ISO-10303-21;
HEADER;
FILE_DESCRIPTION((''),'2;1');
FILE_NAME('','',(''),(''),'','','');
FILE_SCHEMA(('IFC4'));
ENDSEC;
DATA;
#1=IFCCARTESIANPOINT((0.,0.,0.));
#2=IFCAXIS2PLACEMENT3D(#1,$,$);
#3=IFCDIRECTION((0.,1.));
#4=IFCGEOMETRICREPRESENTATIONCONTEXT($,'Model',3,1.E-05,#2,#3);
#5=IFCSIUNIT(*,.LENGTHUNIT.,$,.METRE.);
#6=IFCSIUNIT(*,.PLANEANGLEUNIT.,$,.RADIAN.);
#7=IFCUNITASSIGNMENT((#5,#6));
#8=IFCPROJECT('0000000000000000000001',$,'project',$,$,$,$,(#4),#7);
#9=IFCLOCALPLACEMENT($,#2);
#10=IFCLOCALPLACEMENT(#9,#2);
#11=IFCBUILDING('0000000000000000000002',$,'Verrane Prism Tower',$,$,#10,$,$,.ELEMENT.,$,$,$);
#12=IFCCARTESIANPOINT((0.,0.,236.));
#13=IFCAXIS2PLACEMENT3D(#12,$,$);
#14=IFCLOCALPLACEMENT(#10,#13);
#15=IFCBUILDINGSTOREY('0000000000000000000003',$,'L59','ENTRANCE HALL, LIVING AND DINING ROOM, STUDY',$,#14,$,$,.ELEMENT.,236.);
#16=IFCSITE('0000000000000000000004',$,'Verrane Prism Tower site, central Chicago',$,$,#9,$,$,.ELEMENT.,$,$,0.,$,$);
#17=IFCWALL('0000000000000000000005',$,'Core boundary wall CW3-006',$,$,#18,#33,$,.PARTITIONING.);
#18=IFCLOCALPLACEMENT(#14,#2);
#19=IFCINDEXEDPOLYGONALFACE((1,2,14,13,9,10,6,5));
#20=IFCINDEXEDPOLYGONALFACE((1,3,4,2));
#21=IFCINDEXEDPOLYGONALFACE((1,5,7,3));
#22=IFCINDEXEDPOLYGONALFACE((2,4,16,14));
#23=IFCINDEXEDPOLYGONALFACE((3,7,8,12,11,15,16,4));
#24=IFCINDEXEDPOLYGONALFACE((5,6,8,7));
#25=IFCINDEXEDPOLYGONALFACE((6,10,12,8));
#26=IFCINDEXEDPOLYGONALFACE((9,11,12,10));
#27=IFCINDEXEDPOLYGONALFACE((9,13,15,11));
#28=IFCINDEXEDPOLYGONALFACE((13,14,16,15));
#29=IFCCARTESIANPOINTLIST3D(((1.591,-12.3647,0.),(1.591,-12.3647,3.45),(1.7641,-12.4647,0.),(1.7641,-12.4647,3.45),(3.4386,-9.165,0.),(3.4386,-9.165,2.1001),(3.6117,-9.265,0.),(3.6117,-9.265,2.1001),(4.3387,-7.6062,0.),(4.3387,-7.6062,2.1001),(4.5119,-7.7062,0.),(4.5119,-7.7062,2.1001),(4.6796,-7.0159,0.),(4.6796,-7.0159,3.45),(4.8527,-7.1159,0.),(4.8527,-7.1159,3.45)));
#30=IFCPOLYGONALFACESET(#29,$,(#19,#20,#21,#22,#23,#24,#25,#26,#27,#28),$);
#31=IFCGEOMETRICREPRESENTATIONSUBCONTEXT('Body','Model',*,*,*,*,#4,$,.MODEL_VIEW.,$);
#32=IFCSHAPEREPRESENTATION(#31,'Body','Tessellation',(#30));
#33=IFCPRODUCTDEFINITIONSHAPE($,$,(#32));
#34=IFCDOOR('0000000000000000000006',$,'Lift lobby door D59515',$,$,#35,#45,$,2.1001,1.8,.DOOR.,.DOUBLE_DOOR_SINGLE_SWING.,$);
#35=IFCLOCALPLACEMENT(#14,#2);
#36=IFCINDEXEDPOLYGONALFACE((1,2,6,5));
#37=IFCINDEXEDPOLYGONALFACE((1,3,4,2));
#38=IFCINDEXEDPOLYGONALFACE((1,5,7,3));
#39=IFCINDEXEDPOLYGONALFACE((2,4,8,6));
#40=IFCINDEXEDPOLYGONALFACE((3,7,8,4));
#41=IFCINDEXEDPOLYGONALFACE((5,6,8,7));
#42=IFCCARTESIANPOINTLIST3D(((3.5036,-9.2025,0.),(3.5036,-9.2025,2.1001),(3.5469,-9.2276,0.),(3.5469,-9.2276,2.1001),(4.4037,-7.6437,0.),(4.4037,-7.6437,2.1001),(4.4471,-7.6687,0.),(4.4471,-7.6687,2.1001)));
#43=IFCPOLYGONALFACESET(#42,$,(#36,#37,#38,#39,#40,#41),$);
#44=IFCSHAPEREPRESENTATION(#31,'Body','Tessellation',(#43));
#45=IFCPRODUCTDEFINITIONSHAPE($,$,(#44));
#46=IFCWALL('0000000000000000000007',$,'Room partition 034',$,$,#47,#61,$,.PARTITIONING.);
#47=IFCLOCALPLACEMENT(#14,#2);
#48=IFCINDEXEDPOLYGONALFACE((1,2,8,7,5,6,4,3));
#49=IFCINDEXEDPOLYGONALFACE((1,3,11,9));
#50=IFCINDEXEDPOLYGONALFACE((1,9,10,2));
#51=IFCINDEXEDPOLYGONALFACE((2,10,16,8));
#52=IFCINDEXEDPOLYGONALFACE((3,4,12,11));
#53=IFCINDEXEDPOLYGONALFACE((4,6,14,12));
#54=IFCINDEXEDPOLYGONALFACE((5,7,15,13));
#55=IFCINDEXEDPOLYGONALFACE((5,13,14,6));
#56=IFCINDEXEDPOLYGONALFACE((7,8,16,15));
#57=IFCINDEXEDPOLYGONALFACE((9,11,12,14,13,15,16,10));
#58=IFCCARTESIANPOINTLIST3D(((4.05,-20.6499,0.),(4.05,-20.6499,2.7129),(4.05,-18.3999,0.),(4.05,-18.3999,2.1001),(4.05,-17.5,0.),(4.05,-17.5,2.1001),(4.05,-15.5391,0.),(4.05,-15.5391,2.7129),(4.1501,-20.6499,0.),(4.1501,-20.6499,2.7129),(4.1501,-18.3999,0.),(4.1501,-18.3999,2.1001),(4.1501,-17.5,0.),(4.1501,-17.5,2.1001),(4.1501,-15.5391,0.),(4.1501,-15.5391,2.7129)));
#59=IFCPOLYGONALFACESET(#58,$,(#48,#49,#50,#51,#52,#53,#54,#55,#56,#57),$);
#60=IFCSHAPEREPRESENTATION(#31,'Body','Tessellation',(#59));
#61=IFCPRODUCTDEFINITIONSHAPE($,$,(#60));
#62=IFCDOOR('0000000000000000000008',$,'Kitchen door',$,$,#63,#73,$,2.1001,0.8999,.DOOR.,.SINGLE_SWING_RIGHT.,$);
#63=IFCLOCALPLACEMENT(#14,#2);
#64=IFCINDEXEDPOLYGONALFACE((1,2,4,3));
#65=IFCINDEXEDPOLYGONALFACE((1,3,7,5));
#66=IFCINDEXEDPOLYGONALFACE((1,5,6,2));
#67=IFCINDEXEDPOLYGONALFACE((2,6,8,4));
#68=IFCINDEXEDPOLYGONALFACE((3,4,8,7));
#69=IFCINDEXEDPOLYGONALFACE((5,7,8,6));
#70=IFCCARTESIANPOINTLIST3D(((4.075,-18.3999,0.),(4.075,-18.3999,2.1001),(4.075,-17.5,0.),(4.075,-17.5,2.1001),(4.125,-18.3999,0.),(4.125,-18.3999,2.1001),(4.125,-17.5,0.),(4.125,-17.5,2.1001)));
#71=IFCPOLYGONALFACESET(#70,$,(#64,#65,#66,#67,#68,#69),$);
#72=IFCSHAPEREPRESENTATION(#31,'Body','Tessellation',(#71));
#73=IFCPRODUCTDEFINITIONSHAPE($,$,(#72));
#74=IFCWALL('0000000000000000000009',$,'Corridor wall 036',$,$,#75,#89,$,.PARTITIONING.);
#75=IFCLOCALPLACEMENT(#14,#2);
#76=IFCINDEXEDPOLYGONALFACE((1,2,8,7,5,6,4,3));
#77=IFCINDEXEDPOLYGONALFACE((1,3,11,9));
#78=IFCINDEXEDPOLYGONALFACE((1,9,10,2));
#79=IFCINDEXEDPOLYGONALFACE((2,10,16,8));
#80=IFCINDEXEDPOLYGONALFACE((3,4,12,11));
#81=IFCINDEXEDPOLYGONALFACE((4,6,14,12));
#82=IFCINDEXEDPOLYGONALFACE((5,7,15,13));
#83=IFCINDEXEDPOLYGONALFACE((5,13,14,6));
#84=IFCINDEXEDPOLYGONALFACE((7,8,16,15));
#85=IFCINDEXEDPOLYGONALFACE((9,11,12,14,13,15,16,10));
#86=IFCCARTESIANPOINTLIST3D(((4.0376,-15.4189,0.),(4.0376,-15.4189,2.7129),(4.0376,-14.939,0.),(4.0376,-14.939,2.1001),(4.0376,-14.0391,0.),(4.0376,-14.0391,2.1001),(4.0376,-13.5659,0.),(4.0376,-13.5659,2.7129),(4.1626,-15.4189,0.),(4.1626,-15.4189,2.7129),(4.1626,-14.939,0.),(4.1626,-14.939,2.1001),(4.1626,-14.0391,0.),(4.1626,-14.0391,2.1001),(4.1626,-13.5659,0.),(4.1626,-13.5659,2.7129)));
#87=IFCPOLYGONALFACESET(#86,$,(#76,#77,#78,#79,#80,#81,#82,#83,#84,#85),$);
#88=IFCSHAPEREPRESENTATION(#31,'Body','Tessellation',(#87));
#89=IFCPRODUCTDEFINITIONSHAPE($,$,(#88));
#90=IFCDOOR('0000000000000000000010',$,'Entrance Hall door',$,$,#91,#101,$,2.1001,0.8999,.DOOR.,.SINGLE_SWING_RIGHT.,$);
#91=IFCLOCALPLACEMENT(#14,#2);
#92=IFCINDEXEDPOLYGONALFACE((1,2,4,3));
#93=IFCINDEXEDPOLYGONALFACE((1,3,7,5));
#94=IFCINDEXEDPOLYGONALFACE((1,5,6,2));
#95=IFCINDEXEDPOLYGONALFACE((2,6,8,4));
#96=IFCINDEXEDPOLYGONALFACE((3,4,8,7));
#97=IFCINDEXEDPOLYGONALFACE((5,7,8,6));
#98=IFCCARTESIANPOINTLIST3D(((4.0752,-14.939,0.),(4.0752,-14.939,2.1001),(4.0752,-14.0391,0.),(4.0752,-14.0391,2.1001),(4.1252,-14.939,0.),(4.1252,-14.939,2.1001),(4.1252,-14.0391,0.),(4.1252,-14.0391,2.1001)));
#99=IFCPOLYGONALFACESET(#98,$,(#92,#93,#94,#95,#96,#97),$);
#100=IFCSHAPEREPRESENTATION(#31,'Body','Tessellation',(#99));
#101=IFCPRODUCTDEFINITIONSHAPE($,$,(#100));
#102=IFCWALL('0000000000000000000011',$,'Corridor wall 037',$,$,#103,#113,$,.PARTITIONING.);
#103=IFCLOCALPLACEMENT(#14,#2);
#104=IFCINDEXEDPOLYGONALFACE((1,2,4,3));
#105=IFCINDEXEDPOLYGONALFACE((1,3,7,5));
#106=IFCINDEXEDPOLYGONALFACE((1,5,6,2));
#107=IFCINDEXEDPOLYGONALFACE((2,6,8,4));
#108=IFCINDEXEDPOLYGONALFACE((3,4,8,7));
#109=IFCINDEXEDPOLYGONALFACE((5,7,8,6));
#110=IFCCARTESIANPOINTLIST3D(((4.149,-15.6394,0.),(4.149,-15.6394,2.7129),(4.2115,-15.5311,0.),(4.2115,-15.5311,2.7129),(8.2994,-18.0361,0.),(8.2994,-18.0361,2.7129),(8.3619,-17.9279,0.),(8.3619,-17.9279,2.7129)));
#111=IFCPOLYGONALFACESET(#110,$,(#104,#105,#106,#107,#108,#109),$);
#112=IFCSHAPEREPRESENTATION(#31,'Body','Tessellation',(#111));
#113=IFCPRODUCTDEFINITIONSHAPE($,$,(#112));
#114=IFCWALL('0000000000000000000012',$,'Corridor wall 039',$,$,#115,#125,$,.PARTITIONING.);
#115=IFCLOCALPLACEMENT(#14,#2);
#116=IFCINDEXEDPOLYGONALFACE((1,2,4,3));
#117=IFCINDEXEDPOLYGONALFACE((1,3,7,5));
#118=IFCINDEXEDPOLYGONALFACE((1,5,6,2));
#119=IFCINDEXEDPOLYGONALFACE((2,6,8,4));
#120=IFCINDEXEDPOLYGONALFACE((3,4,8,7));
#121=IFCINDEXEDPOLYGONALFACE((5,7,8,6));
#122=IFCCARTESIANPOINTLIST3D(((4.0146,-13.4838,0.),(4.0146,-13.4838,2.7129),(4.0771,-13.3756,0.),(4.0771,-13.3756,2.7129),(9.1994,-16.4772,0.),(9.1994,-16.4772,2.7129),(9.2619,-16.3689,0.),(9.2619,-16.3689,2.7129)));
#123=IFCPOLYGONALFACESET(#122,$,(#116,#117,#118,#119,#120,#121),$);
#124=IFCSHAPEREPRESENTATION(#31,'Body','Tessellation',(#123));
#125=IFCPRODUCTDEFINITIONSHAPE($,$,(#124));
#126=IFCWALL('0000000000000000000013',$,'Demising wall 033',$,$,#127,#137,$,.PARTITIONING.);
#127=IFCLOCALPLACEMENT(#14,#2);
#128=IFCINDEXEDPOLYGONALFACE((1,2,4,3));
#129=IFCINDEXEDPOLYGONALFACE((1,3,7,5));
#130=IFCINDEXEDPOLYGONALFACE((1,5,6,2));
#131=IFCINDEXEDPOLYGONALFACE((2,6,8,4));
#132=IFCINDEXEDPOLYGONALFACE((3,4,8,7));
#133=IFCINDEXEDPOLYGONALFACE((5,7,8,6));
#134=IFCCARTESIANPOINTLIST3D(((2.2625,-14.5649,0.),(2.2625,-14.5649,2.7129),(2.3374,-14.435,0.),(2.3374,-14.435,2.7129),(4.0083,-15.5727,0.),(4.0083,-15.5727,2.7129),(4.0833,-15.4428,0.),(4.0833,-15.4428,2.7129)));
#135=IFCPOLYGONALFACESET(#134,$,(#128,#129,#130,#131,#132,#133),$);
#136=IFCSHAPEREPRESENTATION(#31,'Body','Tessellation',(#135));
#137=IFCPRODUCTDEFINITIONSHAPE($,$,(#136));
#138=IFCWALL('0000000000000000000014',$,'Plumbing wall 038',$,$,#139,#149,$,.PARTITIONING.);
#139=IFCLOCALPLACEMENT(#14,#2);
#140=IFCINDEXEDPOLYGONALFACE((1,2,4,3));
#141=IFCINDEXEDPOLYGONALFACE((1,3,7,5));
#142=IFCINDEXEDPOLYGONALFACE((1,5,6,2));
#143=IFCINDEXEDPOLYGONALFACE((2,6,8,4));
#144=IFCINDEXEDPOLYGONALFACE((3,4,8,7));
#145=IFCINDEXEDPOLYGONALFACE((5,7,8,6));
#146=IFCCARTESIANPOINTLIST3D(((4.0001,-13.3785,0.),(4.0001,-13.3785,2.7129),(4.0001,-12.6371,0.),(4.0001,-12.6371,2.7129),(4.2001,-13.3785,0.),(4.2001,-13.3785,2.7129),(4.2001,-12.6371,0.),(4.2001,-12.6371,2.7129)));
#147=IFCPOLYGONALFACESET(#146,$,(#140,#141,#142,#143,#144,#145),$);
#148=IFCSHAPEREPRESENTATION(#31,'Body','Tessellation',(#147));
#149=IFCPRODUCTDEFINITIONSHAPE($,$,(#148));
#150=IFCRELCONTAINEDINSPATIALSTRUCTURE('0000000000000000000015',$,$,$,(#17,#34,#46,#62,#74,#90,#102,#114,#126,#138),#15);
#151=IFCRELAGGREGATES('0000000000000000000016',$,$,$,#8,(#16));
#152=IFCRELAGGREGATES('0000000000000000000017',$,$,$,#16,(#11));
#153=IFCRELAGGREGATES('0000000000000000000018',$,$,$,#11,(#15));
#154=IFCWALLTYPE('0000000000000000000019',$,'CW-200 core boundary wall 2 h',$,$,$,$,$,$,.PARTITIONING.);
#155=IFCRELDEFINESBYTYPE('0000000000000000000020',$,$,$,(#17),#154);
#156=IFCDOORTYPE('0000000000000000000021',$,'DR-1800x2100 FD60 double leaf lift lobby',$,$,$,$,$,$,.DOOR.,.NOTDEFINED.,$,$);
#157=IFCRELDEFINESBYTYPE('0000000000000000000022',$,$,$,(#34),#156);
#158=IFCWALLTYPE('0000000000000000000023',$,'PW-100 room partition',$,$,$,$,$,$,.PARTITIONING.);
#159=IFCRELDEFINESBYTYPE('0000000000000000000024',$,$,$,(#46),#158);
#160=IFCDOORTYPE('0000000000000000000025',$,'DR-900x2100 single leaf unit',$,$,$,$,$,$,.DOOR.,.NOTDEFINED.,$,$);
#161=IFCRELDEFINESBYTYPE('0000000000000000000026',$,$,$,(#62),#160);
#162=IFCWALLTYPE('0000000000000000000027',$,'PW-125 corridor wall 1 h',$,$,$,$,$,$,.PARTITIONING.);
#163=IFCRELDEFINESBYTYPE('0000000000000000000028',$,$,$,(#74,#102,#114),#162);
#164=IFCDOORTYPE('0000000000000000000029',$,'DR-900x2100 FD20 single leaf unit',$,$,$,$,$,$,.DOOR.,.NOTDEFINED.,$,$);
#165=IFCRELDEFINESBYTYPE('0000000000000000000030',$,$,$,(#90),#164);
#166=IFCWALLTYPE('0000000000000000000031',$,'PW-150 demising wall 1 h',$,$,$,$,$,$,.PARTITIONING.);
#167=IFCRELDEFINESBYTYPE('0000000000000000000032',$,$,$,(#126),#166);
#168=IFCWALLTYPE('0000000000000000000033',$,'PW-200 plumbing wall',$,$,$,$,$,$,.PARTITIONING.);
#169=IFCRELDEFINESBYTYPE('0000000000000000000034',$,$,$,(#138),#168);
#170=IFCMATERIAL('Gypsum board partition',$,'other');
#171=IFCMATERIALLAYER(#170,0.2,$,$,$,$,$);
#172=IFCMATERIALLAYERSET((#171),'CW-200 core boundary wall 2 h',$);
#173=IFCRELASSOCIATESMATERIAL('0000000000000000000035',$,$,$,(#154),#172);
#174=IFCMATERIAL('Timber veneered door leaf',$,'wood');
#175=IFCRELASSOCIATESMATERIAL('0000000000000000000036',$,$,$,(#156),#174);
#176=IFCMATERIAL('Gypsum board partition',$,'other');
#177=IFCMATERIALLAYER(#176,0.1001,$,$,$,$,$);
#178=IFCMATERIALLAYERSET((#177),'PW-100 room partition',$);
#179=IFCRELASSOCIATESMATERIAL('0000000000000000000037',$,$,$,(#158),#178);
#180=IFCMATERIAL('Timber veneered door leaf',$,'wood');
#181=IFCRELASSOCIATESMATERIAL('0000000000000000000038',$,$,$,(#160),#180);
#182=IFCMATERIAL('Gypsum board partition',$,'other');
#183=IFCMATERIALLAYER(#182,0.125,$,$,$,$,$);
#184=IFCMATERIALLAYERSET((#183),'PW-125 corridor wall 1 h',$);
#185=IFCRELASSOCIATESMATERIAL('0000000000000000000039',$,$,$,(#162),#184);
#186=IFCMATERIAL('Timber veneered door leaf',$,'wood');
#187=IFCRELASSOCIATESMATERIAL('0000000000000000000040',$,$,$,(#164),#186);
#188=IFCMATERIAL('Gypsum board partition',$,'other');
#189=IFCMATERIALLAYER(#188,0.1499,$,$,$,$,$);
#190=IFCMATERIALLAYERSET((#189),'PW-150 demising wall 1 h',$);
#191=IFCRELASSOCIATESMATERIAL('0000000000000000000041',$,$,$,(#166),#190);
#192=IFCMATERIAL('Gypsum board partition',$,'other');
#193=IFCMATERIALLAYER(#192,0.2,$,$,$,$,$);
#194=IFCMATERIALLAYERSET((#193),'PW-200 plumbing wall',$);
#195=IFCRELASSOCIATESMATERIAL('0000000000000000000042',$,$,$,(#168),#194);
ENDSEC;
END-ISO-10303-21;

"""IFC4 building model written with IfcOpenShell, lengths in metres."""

from ifc_helpers import new_model, si_unit, direction, frame, frame_2d, origin, place, context, subcontext, project, spatial, rectangle, extrude, material, layer, layer_set, type_object, element, fill, save


model = new_model("IFC4")

# Units and contexts
model_context = context("Model", 3, precision=1e-05, world=origin(), true_north=direction((0.0, 1.0)))
body_context = subcontext(model_context, "Body", "Model", "MODEL_VIEW")
ifc_project = project(units=[si_unit("LENGTHUNIT", "METRE"), si_unit("PLANEANGLEUNIT", "RADIAN")], contexts=[model_context])

# Site, building, storey
site_placement = place(None, origin())
site = spatial("IfcSite", under=ifc_project, at=site_placement, Name="Verrane Prism Tower site, central Chicago", CompositionType="ELEMENT", RefElevation=0.0)
building_placement = place(site_placement, origin())
building = spatial("IfcBuilding", under=site, at=building_placement, Name="Verrane Prism Tower", CompositionType="ELEMENT")
storey_placement = place(building_placement, frame((0.0, 0.0, 236.0)))
storey = spatial("IfcBuildingStorey", under=building, at=storey_placement, Name="L59", Description="ENTRANCE HALL, LIVING AND DINING ROOM, STUDY", CompositionType="ELEMENT", Elevation=236.0)

# Walls, openings, doors
ifc_material_1 = material(Name="Gypsum board partition", Category="other")
ifc_layer_1 = layer(ifc_material_1, 0.2)
ifc_layer_set_1 = layer_set([ifc_layer_1], Name="CW-200 core boundary wall 2 h")
wall_type_1 = type_object("IfcWallType", Name="CW-200 core boundary wall 2 h", PredefinedType="PARTITIONING", material=ifc_layer_set_1)
wall_1_placement = place(storey_placement, frame((1.6775, -12.4148, 0.0), z_axis=(0.0, 0.0, 1.0), x_axis=(0.500054, 0.865994, 0.0)))
wall_1 = element("IfcWall", 1, at=wall_1_placement, inside=storey, type_object=wall_type_1, Name="Core boundary wall CW3-006", PredefinedType="PARTITIONING", context=body_context, shape_type="SweptSolid", body=[
    extrude(rectangle(XDim=6.1765, YDim=0.2, at=frame_2d((3.0884, 0.0))), origin(), (0.0, 0.0, 1.0), 3.45),
])
opening_1_placement = place(wall_1_placement, frame((3.6951, 0.0, 0.0)))
opening_1 = element("IfcOpeningElement", 2, at=opening_1_placement, cuts=wall_1, PredefinedType="OPENING", context=body_context, shape_type="SweptSolid", body=[
    extrude(rectangle(XDim=1.8, YDim=2.1001, at=frame_2d((0.8999, 1.05))), frame((0.0, 0.1099, 0.0), z_axis=(0.0, -1.0, 0.0), x_axis=(1.0, 0.0, 0.0)), (0.0, 0.0, 1.0), 0.22),
])
ifc_material_2 = material(Name="Timber veneered door leaf", Category="wood")
door_type_1 = type_object("IfcDoorType", Name="DR-1800x2100 FD60 double leaf lift lobby", OperationType="NOTDEFINED", PredefinedType="DOOR", material=ifc_material_2)
door_1_placement = place(opening_1_placement, origin())
door_1 = element("IfcDoor", 3, at=door_1_placement, inside=storey, type_object=door_type_1, Name="Lift lobby door D59515", OperationType="DOUBLE_DOOR_SINGLE_SWING", OverallHeight=2.1001, OverallWidth=1.8, PredefinedType="DOOR", context=body_context, shape_type="SweptSolid", body=[
    extrude(rectangle(XDim=1.8, YDim=2.1001, at=frame_2d((0.8999, 1.05))), frame((0.0, 0.0249, 0.0), z_axis=(0.0, -1.0, 0.0), x_axis=(1.0, 0.0, 0.0)), (0.0, 0.0, 1.0), 0.05),
])
fill(opening_1, door_1)
ifc_material_3 = material(Name="Gypsum board partition", Category="other")
ifc_layer_2 = layer(ifc_material_3, 0.1001)
ifc_layer_set_2 = layer_set([ifc_layer_2], Name="PW-100 room partition")
wall_type_2 = type_object("IfcWallType", Name="PW-100 room partition", PredefinedType="PARTITIONING", material=ifc_layer_set_2)
wall_2_placement = place(storey_placement, frame((4.1001, -15.5391, 0.0), z_axis=(0.0, 0.0, 1.0), x_axis=(0.0, -1.0, 0.0)))
wall_2 = element("IfcWall", 4, at=wall_2_placement, inside=storey, type_object=wall_type_2, Name="Room partition 034", PredefinedType="PARTITIONING", context=body_context, shape_type="SweptSolid", body=[
    extrude(rectangle(XDim=5.1108, YDim=0.1001, at=frame_2d((2.5554, 0.0))), origin(), (0.0, 0.0, 1.0), 2.7129),
])
opening_2_placement = place(wall_2_placement, frame((1.9609, 0.0, 0.0)))
opening_2 = element("IfcOpeningElement", 5, at=opening_2_placement, cuts=wall_2, PredefinedType="OPENING", context=body_context, shape_type="SweptSolid", body=[
    extrude(rectangle(XDim=0.8999, YDim=2.1001, at=frame_2d((0.45, 1.05))), frame((0.0, 0.0601, 0.0), z_axis=(0.0, -1.0, 0.0), x_axis=(1.0, 0.0, 0.0)), (0.0, 0.0, 1.0), 0.1201),
])
ifc_material_4 = material(Name="Timber veneered door leaf", Category="wood")
door_type_2 = type_object("IfcDoorType", Name="DR-900x2100 single leaf unit", OperationType="NOTDEFINED", PredefinedType="DOOR", material=ifc_material_4)
door_2_placement = place(opening_2_placement, origin())
door_2 = element("IfcDoor", 6, at=door_2_placement, inside=storey, type_object=door_type_2, Name="Kitchen door", OperationType="SINGLE_SWING_RIGHT", OverallHeight=2.1001, OverallWidth=0.8999, PredefinedType="DOOR", context=body_context, shape_type="SweptSolid", body=[
    extrude(rectangle(XDim=0.8999, YDim=2.1001, at=frame_2d((0.45, 1.05))), frame((0.0, 0.0249, 0.0), z_axis=(0.0, -1.0, 0.0), x_axis=(1.0, 0.0, 0.0)), (0.0, 0.0, 1.0), 0.05),
])
fill(opening_2, door_2)
ifc_material_5 = material(Name="Gypsum board partition", Category="other")
ifc_layer_3 = layer(ifc_material_5, 0.125)
ifc_layer_set_3 = layer_set([ifc_layer_3], Name="PW-125 corridor wall 1 h")
wall_type_3 = type_object("IfcWallType", Name="PW-125 corridor wall 1 h", PredefinedType="PARTITIONING", material=ifc_layer_set_3)
wall_3_placement = place(storey_placement, frame((4.1001, -15.4189, 0.0), z_axis=(0.0, 0.0, 1.0), x_axis=(0.0, 1.0, 0.0)))
wall_3 = element("IfcWall", 7, at=wall_3_placement, inside=storey, type_object=wall_type_3, Name="Corridor wall 036", PredefinedType="PARTITIONING", context=body_context, shape_type="SweptSolid", body=[
    extrude(rectangle(XDim=1.853, YDim=0.125, at=frame_2d((0.9265, 0.0))), origin(), (0.0, 0.0, 1.0), 2.7129),
])
opening_3_placement = place(wall_3_placement, frame((0.48, 0.0, 0.0)))
opening_3 = element("IfcOpeningElement", 8, at=opening_3_placement, cuts=wall_3, PredefinedType="OPENING", context=body_context, shape_type="SweptSolid", body=[
    extrude(rectangle(XDim=0.8999, YDim=2.1001, at=frame_2d((0.45, 1.05))), frame((0.0, 0.0725, 0.0), z_axis=(0.0, -1.0, 0.0), x_axis=(1.0, 0.0, 0.0)), (0.0, 0.0, 1.0), 0.145),
])
ifc_material_6 = material(Name="Timber veneered door leaf", Category="wood")
door_type_3 = type_object("IfcDoorType", Name="DR-900x2100 FD20 single leaf unit", OperationType="NOTDEFINED", PredefinedType="DOOR", material=ifc_material_6)
door_3_placement = place(opening_3_placement, origin())
door_3 = element("IfcDoor", 9, at=door_3_placement, inside=storey, type_object=door_type_3, Name="Entrance Hall door", OperationType="SINGLE_SWING_RIGHT", OverallHeight=2.1001, OverallWidth=0.8999, PredefinedType="DOOR", context=body_context, shape_type="SweptSolid", body=[
    extrude(rectangle(XDim=0.8999, YDim=2.1001, at=frame_2d((0.45, 1.05))), frame((0.0, 0.0249, 0.0), z_axis=(0.0, -1.0, 0.0), x_axis=(1.0, 0.0, 0.0)), (0.0, 0.0, 1.0), 0.05),
])
fill(opening_3, door_3)

# Walls
wall_4_placement = place(storey_placement, frame((4.1802, -15.5852, 0.0), z_axis=(0.0, 0.0, 1.0), x_axis=(0.86598, -0.500078, 0.0)))
element("IfcWall", 10, at=wall_4_placement, inside=storey, type_object=wall_type_3, Name="Corridor wall 037", PredefinedType="PARTITIONING", context=body_context, shape_type="SweptSolid", body=[
    extrude(rectangle(XDim=4.7927, YDim=0.125, at=frame_2d((2.3965, 0.0))), origin(), (0.0, 0.0, 1.0), 2.7129),
])
wall_5_placement = place(storey_placement, frame((4.0459, -13.4297, 0.0), z_axis=(0.0, 0.0, 1.0), x_axis=(0.866029, -0.499994, 0.0)))
element("IfcWall", 11, at=wall_5_placement, inside=storey, type_object=wall_type_3, Name="Corridor wall 039", PredefinedType="PARTITIONING", context=body_context, shape_type="SweptSolid", body=[
    extrude(rectangle(XDim=5.9868, YDim=0.125, at=frame_2d((2.9934, 0.0))), origin(), (0.0, 0.0, 1.0), 2.7129),
])
ifc_material_7 = material(Name="Gypsum board partition", Category="other")
ifc_layer_4 = layer(ifc_material_7, 0.1499)
ifc_layer_set_4 = layer_set([ifc_layer_4], Name="PW-150 demising wall 1 h")
wall_type_4 = type_object("IfcWallType", Name="PW-150 demising wall 1 h", PredefinedType="PARTITIONING", material=ifc_layer_set_4)
wall_6_placement = place(storey_placement, frame((2.3, -14.5, 0.0), z_axis=(0.0, 0.0, 1.0), x_axis=(0.866059, -0.499943, 0.0)))
element("IfcWall", 12, at=wall_6_placement, inside=storey, type_object=wall_type_4, Name="Demising wall 033", PredefinedType="PARTITIONING", context=body_context, shape_type="SweptSolid", body=[
    extrude(rectangle(XDim=2.0159, YDim=0.1499, at=frame_2d((1.0078, 0.0))), origin(), (0.0, 0.0, 1.0), 2.7129),
])
ifc_material_8 = material(Name="Gypsum board partition", Category="other")
ifc_layer_5 = layer(ifc_material_8, 0.2)
ifc_layer_set_5 = layer_set([ifc_layer_5], Name="PW-200 plumbing wall")
wall_type_5 = type_object("IfcWallType", Name="PW-200 plumbing wall", PredefinedType="PARTITIONING", material=ifc_layer_set_5)
wall_7_placement = place(storey_placement, frame((4.1001, -13.3784, 0.0), z_axis=(0.0, 0.0, 1.0), x_axis=(0.0, 1.0, 0.0)))
element("IfcWall", 13, at=wall_7_placement, inside=storey, type_object=wall_type_5, Name="Plumbing wall 038", PredefinedType="PARTITIONING", context=body_context, shape_type="SweptSolid", body=[
    extrude(rectangle(XDim=0.7415, YDim=0.2, at=frame_2d((0.3706, 0.0))), origin(), (0.0, 0.0, 1.0), 2.7129),
])

save(model, "model.ifc")
